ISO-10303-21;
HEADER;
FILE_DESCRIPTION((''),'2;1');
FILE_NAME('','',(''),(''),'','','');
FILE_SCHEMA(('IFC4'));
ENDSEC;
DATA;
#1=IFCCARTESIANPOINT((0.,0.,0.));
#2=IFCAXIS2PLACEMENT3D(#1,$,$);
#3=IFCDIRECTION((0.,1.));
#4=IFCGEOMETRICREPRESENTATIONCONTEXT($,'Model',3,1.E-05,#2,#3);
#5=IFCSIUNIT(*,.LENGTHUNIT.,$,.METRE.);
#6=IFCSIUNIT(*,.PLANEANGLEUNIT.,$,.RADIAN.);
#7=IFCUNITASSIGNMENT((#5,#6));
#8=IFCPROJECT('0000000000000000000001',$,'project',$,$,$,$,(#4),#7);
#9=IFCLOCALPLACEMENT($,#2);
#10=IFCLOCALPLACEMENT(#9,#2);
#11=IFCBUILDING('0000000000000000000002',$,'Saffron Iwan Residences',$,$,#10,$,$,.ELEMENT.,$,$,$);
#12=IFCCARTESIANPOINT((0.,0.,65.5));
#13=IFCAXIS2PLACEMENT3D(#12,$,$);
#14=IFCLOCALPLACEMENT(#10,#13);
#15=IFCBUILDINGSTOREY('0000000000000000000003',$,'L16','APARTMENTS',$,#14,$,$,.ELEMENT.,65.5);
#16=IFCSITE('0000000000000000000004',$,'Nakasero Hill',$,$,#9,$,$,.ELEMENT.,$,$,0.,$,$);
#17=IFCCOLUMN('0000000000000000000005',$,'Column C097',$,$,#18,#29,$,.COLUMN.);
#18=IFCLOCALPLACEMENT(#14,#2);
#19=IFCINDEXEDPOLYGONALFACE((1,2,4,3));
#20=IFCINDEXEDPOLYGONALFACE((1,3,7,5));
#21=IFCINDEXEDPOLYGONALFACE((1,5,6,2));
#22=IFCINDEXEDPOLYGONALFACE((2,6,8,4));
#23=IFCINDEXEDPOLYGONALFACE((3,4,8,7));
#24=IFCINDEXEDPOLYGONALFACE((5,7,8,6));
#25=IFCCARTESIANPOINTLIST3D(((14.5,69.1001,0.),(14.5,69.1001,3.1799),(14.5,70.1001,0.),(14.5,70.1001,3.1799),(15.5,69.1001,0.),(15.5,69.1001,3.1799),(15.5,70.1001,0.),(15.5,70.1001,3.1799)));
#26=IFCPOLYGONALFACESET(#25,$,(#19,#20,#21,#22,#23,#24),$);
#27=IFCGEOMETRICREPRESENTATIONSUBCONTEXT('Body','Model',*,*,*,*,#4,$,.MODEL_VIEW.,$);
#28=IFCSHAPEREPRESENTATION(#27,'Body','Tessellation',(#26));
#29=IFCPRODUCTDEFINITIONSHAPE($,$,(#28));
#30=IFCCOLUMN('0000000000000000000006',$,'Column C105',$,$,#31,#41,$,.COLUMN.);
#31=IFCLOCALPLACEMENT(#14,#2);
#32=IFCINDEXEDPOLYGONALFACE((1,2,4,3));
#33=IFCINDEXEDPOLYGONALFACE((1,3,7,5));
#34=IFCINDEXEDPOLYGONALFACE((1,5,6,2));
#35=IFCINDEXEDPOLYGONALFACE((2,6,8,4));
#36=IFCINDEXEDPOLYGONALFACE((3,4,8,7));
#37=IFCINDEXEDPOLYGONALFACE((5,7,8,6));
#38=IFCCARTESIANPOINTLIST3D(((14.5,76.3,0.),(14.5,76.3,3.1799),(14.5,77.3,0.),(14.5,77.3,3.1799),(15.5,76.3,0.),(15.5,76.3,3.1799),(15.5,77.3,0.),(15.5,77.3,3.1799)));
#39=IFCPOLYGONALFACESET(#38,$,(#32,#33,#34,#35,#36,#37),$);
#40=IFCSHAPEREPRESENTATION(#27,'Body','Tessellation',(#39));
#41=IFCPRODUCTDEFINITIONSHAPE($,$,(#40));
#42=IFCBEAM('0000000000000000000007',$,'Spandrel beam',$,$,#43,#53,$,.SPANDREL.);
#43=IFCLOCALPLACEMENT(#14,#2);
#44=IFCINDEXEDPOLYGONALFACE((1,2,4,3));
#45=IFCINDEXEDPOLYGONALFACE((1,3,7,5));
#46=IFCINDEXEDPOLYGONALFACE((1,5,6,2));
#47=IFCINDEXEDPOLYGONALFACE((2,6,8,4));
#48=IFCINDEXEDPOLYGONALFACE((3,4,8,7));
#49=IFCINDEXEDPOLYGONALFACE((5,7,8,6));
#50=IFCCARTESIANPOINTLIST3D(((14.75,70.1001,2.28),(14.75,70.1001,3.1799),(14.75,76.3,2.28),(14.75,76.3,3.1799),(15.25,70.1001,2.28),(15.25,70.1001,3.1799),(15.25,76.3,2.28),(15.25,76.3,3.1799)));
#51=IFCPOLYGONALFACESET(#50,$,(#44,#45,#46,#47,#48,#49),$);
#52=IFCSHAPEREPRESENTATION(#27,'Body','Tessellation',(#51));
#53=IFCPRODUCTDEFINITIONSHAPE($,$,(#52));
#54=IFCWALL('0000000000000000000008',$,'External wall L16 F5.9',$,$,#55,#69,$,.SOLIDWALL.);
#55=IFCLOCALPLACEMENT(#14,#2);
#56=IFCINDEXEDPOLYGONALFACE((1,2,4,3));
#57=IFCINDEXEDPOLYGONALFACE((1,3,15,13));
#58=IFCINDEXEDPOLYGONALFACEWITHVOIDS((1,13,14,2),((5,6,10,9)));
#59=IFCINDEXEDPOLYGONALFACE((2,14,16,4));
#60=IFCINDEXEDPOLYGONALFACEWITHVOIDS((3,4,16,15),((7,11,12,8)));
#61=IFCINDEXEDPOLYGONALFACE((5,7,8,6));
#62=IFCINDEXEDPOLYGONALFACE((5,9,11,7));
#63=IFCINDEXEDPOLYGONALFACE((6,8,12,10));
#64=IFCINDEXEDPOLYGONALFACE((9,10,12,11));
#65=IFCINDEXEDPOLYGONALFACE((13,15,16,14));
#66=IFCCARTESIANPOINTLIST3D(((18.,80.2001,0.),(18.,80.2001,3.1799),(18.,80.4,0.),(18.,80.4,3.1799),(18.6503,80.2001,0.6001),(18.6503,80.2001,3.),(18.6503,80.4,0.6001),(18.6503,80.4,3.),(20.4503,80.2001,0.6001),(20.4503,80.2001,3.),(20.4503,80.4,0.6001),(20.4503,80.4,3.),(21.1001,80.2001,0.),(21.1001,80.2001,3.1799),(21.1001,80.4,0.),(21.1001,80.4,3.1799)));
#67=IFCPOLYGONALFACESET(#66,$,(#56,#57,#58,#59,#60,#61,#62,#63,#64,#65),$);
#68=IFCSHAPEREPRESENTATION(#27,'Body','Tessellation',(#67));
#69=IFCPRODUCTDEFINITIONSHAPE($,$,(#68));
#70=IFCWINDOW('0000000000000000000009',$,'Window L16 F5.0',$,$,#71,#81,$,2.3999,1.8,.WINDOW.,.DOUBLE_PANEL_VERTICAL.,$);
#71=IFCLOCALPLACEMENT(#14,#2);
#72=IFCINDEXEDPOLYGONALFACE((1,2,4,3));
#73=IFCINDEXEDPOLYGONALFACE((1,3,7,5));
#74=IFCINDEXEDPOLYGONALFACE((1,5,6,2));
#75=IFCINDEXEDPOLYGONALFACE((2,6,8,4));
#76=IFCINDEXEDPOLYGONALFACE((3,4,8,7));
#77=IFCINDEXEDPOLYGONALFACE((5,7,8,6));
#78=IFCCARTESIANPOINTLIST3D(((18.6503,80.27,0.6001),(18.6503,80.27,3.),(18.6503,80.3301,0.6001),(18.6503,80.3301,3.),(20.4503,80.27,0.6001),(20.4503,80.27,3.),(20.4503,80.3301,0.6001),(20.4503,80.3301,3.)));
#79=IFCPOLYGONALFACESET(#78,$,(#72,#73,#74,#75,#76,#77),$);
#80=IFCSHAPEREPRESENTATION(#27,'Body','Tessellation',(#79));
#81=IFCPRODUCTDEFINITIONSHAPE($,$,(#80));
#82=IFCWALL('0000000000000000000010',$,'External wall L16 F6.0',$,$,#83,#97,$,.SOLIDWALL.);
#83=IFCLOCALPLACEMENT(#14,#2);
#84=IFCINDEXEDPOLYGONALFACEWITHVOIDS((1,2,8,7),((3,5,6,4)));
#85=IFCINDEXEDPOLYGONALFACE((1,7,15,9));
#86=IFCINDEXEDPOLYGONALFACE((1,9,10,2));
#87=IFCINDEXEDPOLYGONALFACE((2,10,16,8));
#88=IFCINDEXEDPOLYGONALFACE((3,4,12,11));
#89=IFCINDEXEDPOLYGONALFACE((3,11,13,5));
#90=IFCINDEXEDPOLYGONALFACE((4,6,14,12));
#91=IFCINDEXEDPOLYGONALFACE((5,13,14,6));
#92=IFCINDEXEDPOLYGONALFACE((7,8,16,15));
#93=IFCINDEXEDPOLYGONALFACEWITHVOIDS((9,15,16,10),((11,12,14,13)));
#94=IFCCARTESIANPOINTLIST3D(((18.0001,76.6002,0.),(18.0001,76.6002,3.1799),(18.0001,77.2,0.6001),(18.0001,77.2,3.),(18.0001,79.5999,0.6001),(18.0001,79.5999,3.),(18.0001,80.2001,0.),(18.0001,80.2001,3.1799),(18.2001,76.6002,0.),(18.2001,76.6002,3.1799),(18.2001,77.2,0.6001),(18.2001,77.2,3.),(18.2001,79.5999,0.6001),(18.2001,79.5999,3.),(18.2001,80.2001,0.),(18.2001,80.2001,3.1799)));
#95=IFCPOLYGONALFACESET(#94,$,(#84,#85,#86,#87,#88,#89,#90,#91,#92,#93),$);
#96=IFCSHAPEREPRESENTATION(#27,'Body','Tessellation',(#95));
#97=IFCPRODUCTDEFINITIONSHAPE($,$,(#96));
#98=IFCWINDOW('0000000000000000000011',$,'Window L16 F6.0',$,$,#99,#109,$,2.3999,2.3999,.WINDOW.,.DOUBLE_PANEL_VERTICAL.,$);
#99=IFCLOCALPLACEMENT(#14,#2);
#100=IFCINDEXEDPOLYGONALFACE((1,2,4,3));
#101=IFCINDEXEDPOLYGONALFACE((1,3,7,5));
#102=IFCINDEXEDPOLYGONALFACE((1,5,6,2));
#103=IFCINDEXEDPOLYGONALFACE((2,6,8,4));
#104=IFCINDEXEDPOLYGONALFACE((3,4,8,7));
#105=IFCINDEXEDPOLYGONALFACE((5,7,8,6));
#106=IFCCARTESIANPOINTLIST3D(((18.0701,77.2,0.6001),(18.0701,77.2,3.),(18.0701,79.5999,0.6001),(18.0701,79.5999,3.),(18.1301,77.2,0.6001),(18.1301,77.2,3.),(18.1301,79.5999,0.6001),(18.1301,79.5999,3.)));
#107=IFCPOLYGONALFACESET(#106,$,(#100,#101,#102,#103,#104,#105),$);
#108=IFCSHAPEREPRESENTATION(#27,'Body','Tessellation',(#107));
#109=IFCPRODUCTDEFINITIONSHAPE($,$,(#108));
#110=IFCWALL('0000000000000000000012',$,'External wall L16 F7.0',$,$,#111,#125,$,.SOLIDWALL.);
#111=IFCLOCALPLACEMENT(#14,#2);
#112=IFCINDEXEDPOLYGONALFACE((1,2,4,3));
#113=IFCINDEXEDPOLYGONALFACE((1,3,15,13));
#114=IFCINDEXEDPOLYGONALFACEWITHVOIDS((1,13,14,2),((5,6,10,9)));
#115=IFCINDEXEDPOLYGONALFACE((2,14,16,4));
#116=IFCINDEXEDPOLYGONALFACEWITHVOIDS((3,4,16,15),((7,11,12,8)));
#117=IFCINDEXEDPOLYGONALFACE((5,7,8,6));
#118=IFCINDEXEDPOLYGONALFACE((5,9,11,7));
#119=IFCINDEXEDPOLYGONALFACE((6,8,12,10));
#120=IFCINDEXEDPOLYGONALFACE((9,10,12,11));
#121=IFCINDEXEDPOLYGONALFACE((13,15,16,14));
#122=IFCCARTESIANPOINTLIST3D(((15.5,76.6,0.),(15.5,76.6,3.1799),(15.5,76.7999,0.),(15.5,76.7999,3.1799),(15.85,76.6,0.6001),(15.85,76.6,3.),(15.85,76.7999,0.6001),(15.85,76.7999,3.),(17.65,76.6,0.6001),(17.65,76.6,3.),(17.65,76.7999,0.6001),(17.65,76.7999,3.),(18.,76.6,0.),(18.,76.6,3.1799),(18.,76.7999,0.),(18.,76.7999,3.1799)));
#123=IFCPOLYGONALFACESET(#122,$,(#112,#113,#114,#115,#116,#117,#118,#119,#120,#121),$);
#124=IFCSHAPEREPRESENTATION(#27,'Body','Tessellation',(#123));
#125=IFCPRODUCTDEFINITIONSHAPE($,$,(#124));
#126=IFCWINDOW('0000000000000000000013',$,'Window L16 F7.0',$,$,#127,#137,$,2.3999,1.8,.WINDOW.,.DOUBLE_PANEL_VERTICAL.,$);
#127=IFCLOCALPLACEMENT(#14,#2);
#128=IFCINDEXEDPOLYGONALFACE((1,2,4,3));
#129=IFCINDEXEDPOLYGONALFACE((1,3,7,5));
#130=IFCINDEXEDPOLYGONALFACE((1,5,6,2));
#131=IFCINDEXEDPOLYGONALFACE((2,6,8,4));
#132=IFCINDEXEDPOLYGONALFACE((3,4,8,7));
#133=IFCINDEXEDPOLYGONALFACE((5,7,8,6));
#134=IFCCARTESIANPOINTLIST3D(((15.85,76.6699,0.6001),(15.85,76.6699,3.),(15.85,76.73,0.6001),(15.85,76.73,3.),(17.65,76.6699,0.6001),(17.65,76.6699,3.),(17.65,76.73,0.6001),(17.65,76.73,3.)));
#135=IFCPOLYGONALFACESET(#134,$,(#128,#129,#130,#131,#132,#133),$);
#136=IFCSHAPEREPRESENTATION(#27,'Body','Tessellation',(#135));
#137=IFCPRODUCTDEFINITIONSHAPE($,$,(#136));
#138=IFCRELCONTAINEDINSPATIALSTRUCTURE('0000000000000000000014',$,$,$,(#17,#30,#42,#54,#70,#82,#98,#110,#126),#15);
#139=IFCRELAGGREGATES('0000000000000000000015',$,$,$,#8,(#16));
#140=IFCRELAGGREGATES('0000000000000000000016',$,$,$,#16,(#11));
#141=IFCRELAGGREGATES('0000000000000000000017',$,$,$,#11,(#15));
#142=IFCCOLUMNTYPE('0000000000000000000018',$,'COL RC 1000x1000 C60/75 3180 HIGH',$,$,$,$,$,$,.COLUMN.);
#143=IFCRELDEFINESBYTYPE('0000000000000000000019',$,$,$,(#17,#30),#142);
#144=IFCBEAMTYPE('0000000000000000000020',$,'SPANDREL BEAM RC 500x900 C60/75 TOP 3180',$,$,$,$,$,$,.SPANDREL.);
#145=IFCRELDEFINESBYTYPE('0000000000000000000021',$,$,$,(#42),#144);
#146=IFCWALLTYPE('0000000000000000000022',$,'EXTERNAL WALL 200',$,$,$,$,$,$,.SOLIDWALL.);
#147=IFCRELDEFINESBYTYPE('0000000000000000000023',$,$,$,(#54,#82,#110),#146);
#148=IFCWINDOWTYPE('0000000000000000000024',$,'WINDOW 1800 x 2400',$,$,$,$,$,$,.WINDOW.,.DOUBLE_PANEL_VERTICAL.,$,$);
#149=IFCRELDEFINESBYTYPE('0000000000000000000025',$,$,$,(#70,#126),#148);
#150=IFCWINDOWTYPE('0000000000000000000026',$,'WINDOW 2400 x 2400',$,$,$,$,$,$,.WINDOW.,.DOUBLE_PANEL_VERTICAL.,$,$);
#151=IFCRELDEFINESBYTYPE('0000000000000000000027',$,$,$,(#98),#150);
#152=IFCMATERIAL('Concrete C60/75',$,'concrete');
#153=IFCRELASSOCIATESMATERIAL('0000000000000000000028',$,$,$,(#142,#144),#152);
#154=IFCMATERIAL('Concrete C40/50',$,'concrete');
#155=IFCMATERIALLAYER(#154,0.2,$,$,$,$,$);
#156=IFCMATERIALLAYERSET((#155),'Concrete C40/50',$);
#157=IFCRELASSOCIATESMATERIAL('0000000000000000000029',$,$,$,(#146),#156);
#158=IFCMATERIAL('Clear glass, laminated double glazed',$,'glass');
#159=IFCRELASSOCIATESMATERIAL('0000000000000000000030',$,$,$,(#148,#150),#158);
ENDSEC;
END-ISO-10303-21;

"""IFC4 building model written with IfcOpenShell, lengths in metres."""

from ifc_helpers import new_model, si_unit, direction, frame, frame_2d, origin, origin_2d, place, context, subcontext, project, spatial, rectangle, extrude, source, transform, mapped, material, layer, layer_set, material_profile, profile_set, type_object, element, fill, save


model = new_model("IFC4")

# Units and contexts
model_context = context("Model", 3, precision=1e-05, world=origin(), true_north=direction((0.0, 1.0)))
body_context = subcontext(model_context, "Body", "Model", "MODEL_VIEW")
ifc_project = project(units=[si_unit("LENGTHUNIT", "METRE"), si_unit("PLANEANGLEUNIT", "RADIAN")], contexts=[model_context])

# Site, building, storey
site_placement = place(None, origin())
site = spatial("IfcSite", under=ifc_project, at=site_placement, Name="Nakasero Hill", CompositionType="ELEMENT", RefElevation=0.0)
building_placement = place(site_placement, origin())
building = spatial("IfcBuilding", under=site, at=building_placement, Name="Saffron Iwan Residences", CompositionType="ELEMENT")
storey_placement = place(building_placement, frame((0.0, 0.0, 65.5)))
storey = spatial("IfcBuildingStorey", under=building, at=storey_placement, Name="L16", Description="APARTMENTS", CompositionType="ELEMENT", Elevation=65.5)

# Columns
ifc_material_1 = material(Name="Concrete C60/75", Category="concrete")
ifc_material_profile_1 = material_profile(ifc_material_1, rectangle(XDim=1.0, YDim=1.0, at=origin_2d()), Name="RC 1000x1000")
ifc_profile_set_1 = profile_set([ifc_material_profile_1], Name="Concrete C60/75")
column_type = type_object("IfcColumnType", Name="COL RC 1000x1000 C60/75 3180 HIGH", PredefinedType="COLUMN", material=ifc_profile_set_1)
shared_shape_1 = source(origin(), body_context, "Body", "SweptSolid", [
    extrude(rectangle(XDim=1.0, YDim=1.0, at=origin_2d()), origin(), (0.0, 0.0, 1.0), 3.1799),
])
for number, where, z_axis, x_axis, name in (
    (1, (15.0, 69.6001, 0.0), (0.0, 0.0, 1.0), (1.0, 0.0, 0.0), "Column C097"),
    (2, (15.0, 76.8, 0.0), (0.0, 0.0, 1.0), (1.0, 0.0, 0.0), "Column C105"),
):
    element("IfcColumn", number, at=place(storey_placement, frame(where, z_axis=z_axis, x_axis=x_axis)), inside=storey, type_object=column_type, Name=name, PredefinedType="COLUMN", context=body_context, shape_type="MappedRepresentation", body=[
        mapped(shared_shape_1, transform((0.0, 0.0, 0.0))),
    ])

# Beam
ifc_material_profile_2 = material_profile(ifc_material_1, rectangle(XDim=0.5, YDim=0.8999, at=origin_2d()), Name="RC 500x900")
ifc_profile_set_2 = profile_set([ifc_material_profile_2], Name="Concrete C60/75")
beam_type = type_object("IfcBeamType", Name="SPANDREL BEAM RC 500x900 C60/75 TOP 3180", PredefinedType="SPANDREL", material=ifc_profile_set_2)
shared_shape_2 = source(origin(), body_context, "Body", "SweptSolid", [
    extrude(rectangle(XDim=0.5, YDim=0.8999, at=origin_2d()), origin(), (0.0, 0.0, 1.0), 6.2),
])
beam_placement = place(storey_placement, frame((15.0, 70.1001, 2.73), z_axis=(0.0, 1.0, 0.0), x_axis=(-1.0, 0.0, 0.0)))
element("IfcBeam", 3, at=beam_placement, inside=storey, type_object=beam_type, Name="Spandrel beam", PredefinedType="SPANDREL", context=body_context, shape_type="MappedRepresentation", body=[
    mapped(shared_shape_2, transform((0.0, 0.0, 0.0))),
])

# Walls, openings, windows
ifc_material_2 = material(Name="Concrete C40/50", Category="concrete")
ifc_layer_1 = layer(ifc_material_2, 0.2)
ifc_layer_set_1 = layer_set([ifc_layer_1], Name="Concrete C40/50")
wall_type_1 = type_object("IfcWallType", Name="EXTERNAL WALL 200", PredefinedType="SOLIDWALL", material=ifc_layer_set_1)
wall_1_placement = place(storey_placement, frame((21.1001, 80.3, 0.0), z_axis=(0.0, 0.0, 1.0), x_axis=(-1.0, 0.0, 0.0)))
wall_1 = element("IfcWall", 4, at=wall_1_placement, inside=storey, type_object=wall_type_1, Name="External wall L16 F5.9", PredefinedType="SOLIDWALL", context=body_context, shape_type="SweptSolid", body=[
    extrude(rectangle(XDim=3.1001, YDim=0.2, at=frame_2d((1.55, 0.0))), origin(), (0.0, 0.0, 1.0), 3.1799),
])
opening_1_placement = place(wall_1_placement, frame((0.6499, 0.0, 0.6001)))
opening_1 = element("IfcOpeningElement", 5, at=opening_1_placement, cuts=wall_1, PredefinedType="OPENING", context=body_context, shape_type="SweptSolid", body=[
    extrude(rectangle(XDim=1.8, YDim=2.3999, at=frame_2d((0.8999, 1.2))), frame((0.0, 0.1099, 0.0), z_axis=(0.0, -1.0, 0.0), x_axis=(1.0, 0.0, 0.0)), (0.0, 0.0, 1.0), 0.22),
])
ifc_material_3 = material(Name="Clear glass, laminated double glazed", Category="glass")
window_type_1 = type_object("IfcWindowType", Name="WINDOW 1800 x 2400", PartitioningType="DOUBLE_PANEL_VERTICAL", PredefinedType="WINDOW", material=ifc_material_3)
window_1_placement = place(opening_1_placement, origin())
window_1 = element("IfcWindow", 6, at=window_1_placement, inside=storey, type_object=window_type_1, Name="Window L16 F5.0", OverallHeight=2.3999, OverallWidth=1.8, PartitioningType="DOUBLE_PANEL_VERTICAL", PredefinedType="WINDOW", context=body_context, shape_type="SweptSolid", body=[
    extrude(rectangle(XDim=1.8, YDim=2.3999, at=frame_2d((0.8999, 1.2))), frame((0.0, 0.03, 0.0), z_axis=(0.0, -1.0, 0.0), x_axis=(1.0, 0.0, 0.0)), (0.0, 0.0, 1.0), 0.0601),
])
fill(opening_1, window_1)
wall_2_placement = place(storey_placement, frame((18.1001, 80.2, 0.0), z_axis=(0.0, 0.0, 1.0), x_axis=(0.0, -1.0, 0.0)))
wall_2 = element("IfcWall", 7, at=wall_2_placement, inside=storey, type_object=wall_type_1, Name="External wall L16 F6.0", PredefinedType="SOLIDWALL", context=body_context, shape_type="SweptSolid", body=[
    extrude(rectangle(XDim=3.5999, YDim=0.2, at=frame_2d((1.7998, 0.0))), origin(), (0.0, 0.0, 1.0), 3.1799),
])
opening_2_placement = place(wall_2_placement, frame((0.6001, 0.0, 0.6001)))
opening_2 = element("IfcOpeningElement", 8, at=opening_2_placement, cuts=wall_2, PredefinedType="OPENING", context=body_context, shape_type="SweptSolid", body=[
    extrude(rectangle(XDim=2.3999, YDim=2.3999, at=frame_2d((1.2, 1.2))), frame((0.0, 0.1099, 0.0), z_axis=(0.0, -1.0, 0.0), x_axis=(1.0, 0.0, 0.0)), (0.0, 0.0, 1.0), 0.22),
])
window_type_2 = type_object("IfcWindowType", Name="WINDOW 2400 x 2400", PartitioningType="DOUBLE_PANEL_VERTICAL", PredefinedType="WINDOW", material=ifc_material_3)
window_2_placement = place(opening_2_placement, origin())
window_2 = element("IfcWindow", 9, at=window_2_placement, inside=storey, type_object=window_type_2, Name="Window L16 F6.0", OverallHeight=2.3999, OverallWidth=2.3999, PartitioningType="DOUBLE_PANEL_VERTICAL", PredefinedType="WINDOW", context=body_context, shape_type="SweptSolid", body=[
    extrude(rectangle(XDim=2.3999, YDim=2.3999, at=frame_2d((1.2, 1.2))), frame((0.0, 0.03, 0.0), z_axis=(0.0, -1.0, 0.0), x_axis=(1.0, 0.0, 0.0)), (0.0, 0.0, 1.0), 0.0601),
])
fill(opening_2, window_2)
wall_3_placement = place(storey_placement, frame((18.0, 76.7, 0.0), z_axis=(0.0, 0.0, 1.0), x_axis=(-1.0, 0.0, 0.0)))
wall_3 = element("IfcWall", 10, at=wall_3_placement, inside=storey, type_object=wall_type_1, Name="External wall L16 F7.0", PredefinedType="SOLIDWALL", context=body_context, shape_type="SweptSolid", body=[
    extrude(rectangle(XDim=2.5, YDim=0.2, at=frame_2d((1.25, 0.0))), origin(), (0.0, 0.0, 1.0), 3.1799),
])
opening_3_placement = place(wall_3_placement, frame((0.3501, 0.0, 0.6001)))
opening_3 = element("IfcOpeningElement", 11, at=opening_3_placement, cuts=wall_3, PredefinedType="OPENING", context=body_context, shape_type="SweptSolid", body=[
    extrude(rectangle(XDim=1.8, YDim=2.3999, at=frame_2d((0.8999, 1.2))), frame((0.0, 0.1099, 0.0), z_axis=(0.0, -1.0, 0.0), x_axis=(1.0, 0.0, 0.0)), (0.0, 0.0, 1.0), 0.22),
])
window_3_placement = place(opening_3_placement, origin())
window_3 = element("IfcWindow", 12, at=window_3_placement, inside=storey, type_object=window_type_1, Name="Window L16 F7.0", OverallHeight=2.3999, OverallWidth=1.8, PartitioningType="DOUBLE_PANEL_VERTICAL", PredefinedType="WINDOW", context=body_context, shape_type="SweptSolid", body=[
    extrude(rectangle(XDim=1.8, YDim=2.3999, at=frame_2d((0.8999, 1.2))), frame((0.0, 0.03, 0.0), z_axis=(0.0, -1.0, 0.0), x_axis=(1.0, 0.0, 0.0)), (0.0, 0.0, 1.0), 0.0601),
])
fill(opening_3, window_3)

save(model, "model.ifc")
